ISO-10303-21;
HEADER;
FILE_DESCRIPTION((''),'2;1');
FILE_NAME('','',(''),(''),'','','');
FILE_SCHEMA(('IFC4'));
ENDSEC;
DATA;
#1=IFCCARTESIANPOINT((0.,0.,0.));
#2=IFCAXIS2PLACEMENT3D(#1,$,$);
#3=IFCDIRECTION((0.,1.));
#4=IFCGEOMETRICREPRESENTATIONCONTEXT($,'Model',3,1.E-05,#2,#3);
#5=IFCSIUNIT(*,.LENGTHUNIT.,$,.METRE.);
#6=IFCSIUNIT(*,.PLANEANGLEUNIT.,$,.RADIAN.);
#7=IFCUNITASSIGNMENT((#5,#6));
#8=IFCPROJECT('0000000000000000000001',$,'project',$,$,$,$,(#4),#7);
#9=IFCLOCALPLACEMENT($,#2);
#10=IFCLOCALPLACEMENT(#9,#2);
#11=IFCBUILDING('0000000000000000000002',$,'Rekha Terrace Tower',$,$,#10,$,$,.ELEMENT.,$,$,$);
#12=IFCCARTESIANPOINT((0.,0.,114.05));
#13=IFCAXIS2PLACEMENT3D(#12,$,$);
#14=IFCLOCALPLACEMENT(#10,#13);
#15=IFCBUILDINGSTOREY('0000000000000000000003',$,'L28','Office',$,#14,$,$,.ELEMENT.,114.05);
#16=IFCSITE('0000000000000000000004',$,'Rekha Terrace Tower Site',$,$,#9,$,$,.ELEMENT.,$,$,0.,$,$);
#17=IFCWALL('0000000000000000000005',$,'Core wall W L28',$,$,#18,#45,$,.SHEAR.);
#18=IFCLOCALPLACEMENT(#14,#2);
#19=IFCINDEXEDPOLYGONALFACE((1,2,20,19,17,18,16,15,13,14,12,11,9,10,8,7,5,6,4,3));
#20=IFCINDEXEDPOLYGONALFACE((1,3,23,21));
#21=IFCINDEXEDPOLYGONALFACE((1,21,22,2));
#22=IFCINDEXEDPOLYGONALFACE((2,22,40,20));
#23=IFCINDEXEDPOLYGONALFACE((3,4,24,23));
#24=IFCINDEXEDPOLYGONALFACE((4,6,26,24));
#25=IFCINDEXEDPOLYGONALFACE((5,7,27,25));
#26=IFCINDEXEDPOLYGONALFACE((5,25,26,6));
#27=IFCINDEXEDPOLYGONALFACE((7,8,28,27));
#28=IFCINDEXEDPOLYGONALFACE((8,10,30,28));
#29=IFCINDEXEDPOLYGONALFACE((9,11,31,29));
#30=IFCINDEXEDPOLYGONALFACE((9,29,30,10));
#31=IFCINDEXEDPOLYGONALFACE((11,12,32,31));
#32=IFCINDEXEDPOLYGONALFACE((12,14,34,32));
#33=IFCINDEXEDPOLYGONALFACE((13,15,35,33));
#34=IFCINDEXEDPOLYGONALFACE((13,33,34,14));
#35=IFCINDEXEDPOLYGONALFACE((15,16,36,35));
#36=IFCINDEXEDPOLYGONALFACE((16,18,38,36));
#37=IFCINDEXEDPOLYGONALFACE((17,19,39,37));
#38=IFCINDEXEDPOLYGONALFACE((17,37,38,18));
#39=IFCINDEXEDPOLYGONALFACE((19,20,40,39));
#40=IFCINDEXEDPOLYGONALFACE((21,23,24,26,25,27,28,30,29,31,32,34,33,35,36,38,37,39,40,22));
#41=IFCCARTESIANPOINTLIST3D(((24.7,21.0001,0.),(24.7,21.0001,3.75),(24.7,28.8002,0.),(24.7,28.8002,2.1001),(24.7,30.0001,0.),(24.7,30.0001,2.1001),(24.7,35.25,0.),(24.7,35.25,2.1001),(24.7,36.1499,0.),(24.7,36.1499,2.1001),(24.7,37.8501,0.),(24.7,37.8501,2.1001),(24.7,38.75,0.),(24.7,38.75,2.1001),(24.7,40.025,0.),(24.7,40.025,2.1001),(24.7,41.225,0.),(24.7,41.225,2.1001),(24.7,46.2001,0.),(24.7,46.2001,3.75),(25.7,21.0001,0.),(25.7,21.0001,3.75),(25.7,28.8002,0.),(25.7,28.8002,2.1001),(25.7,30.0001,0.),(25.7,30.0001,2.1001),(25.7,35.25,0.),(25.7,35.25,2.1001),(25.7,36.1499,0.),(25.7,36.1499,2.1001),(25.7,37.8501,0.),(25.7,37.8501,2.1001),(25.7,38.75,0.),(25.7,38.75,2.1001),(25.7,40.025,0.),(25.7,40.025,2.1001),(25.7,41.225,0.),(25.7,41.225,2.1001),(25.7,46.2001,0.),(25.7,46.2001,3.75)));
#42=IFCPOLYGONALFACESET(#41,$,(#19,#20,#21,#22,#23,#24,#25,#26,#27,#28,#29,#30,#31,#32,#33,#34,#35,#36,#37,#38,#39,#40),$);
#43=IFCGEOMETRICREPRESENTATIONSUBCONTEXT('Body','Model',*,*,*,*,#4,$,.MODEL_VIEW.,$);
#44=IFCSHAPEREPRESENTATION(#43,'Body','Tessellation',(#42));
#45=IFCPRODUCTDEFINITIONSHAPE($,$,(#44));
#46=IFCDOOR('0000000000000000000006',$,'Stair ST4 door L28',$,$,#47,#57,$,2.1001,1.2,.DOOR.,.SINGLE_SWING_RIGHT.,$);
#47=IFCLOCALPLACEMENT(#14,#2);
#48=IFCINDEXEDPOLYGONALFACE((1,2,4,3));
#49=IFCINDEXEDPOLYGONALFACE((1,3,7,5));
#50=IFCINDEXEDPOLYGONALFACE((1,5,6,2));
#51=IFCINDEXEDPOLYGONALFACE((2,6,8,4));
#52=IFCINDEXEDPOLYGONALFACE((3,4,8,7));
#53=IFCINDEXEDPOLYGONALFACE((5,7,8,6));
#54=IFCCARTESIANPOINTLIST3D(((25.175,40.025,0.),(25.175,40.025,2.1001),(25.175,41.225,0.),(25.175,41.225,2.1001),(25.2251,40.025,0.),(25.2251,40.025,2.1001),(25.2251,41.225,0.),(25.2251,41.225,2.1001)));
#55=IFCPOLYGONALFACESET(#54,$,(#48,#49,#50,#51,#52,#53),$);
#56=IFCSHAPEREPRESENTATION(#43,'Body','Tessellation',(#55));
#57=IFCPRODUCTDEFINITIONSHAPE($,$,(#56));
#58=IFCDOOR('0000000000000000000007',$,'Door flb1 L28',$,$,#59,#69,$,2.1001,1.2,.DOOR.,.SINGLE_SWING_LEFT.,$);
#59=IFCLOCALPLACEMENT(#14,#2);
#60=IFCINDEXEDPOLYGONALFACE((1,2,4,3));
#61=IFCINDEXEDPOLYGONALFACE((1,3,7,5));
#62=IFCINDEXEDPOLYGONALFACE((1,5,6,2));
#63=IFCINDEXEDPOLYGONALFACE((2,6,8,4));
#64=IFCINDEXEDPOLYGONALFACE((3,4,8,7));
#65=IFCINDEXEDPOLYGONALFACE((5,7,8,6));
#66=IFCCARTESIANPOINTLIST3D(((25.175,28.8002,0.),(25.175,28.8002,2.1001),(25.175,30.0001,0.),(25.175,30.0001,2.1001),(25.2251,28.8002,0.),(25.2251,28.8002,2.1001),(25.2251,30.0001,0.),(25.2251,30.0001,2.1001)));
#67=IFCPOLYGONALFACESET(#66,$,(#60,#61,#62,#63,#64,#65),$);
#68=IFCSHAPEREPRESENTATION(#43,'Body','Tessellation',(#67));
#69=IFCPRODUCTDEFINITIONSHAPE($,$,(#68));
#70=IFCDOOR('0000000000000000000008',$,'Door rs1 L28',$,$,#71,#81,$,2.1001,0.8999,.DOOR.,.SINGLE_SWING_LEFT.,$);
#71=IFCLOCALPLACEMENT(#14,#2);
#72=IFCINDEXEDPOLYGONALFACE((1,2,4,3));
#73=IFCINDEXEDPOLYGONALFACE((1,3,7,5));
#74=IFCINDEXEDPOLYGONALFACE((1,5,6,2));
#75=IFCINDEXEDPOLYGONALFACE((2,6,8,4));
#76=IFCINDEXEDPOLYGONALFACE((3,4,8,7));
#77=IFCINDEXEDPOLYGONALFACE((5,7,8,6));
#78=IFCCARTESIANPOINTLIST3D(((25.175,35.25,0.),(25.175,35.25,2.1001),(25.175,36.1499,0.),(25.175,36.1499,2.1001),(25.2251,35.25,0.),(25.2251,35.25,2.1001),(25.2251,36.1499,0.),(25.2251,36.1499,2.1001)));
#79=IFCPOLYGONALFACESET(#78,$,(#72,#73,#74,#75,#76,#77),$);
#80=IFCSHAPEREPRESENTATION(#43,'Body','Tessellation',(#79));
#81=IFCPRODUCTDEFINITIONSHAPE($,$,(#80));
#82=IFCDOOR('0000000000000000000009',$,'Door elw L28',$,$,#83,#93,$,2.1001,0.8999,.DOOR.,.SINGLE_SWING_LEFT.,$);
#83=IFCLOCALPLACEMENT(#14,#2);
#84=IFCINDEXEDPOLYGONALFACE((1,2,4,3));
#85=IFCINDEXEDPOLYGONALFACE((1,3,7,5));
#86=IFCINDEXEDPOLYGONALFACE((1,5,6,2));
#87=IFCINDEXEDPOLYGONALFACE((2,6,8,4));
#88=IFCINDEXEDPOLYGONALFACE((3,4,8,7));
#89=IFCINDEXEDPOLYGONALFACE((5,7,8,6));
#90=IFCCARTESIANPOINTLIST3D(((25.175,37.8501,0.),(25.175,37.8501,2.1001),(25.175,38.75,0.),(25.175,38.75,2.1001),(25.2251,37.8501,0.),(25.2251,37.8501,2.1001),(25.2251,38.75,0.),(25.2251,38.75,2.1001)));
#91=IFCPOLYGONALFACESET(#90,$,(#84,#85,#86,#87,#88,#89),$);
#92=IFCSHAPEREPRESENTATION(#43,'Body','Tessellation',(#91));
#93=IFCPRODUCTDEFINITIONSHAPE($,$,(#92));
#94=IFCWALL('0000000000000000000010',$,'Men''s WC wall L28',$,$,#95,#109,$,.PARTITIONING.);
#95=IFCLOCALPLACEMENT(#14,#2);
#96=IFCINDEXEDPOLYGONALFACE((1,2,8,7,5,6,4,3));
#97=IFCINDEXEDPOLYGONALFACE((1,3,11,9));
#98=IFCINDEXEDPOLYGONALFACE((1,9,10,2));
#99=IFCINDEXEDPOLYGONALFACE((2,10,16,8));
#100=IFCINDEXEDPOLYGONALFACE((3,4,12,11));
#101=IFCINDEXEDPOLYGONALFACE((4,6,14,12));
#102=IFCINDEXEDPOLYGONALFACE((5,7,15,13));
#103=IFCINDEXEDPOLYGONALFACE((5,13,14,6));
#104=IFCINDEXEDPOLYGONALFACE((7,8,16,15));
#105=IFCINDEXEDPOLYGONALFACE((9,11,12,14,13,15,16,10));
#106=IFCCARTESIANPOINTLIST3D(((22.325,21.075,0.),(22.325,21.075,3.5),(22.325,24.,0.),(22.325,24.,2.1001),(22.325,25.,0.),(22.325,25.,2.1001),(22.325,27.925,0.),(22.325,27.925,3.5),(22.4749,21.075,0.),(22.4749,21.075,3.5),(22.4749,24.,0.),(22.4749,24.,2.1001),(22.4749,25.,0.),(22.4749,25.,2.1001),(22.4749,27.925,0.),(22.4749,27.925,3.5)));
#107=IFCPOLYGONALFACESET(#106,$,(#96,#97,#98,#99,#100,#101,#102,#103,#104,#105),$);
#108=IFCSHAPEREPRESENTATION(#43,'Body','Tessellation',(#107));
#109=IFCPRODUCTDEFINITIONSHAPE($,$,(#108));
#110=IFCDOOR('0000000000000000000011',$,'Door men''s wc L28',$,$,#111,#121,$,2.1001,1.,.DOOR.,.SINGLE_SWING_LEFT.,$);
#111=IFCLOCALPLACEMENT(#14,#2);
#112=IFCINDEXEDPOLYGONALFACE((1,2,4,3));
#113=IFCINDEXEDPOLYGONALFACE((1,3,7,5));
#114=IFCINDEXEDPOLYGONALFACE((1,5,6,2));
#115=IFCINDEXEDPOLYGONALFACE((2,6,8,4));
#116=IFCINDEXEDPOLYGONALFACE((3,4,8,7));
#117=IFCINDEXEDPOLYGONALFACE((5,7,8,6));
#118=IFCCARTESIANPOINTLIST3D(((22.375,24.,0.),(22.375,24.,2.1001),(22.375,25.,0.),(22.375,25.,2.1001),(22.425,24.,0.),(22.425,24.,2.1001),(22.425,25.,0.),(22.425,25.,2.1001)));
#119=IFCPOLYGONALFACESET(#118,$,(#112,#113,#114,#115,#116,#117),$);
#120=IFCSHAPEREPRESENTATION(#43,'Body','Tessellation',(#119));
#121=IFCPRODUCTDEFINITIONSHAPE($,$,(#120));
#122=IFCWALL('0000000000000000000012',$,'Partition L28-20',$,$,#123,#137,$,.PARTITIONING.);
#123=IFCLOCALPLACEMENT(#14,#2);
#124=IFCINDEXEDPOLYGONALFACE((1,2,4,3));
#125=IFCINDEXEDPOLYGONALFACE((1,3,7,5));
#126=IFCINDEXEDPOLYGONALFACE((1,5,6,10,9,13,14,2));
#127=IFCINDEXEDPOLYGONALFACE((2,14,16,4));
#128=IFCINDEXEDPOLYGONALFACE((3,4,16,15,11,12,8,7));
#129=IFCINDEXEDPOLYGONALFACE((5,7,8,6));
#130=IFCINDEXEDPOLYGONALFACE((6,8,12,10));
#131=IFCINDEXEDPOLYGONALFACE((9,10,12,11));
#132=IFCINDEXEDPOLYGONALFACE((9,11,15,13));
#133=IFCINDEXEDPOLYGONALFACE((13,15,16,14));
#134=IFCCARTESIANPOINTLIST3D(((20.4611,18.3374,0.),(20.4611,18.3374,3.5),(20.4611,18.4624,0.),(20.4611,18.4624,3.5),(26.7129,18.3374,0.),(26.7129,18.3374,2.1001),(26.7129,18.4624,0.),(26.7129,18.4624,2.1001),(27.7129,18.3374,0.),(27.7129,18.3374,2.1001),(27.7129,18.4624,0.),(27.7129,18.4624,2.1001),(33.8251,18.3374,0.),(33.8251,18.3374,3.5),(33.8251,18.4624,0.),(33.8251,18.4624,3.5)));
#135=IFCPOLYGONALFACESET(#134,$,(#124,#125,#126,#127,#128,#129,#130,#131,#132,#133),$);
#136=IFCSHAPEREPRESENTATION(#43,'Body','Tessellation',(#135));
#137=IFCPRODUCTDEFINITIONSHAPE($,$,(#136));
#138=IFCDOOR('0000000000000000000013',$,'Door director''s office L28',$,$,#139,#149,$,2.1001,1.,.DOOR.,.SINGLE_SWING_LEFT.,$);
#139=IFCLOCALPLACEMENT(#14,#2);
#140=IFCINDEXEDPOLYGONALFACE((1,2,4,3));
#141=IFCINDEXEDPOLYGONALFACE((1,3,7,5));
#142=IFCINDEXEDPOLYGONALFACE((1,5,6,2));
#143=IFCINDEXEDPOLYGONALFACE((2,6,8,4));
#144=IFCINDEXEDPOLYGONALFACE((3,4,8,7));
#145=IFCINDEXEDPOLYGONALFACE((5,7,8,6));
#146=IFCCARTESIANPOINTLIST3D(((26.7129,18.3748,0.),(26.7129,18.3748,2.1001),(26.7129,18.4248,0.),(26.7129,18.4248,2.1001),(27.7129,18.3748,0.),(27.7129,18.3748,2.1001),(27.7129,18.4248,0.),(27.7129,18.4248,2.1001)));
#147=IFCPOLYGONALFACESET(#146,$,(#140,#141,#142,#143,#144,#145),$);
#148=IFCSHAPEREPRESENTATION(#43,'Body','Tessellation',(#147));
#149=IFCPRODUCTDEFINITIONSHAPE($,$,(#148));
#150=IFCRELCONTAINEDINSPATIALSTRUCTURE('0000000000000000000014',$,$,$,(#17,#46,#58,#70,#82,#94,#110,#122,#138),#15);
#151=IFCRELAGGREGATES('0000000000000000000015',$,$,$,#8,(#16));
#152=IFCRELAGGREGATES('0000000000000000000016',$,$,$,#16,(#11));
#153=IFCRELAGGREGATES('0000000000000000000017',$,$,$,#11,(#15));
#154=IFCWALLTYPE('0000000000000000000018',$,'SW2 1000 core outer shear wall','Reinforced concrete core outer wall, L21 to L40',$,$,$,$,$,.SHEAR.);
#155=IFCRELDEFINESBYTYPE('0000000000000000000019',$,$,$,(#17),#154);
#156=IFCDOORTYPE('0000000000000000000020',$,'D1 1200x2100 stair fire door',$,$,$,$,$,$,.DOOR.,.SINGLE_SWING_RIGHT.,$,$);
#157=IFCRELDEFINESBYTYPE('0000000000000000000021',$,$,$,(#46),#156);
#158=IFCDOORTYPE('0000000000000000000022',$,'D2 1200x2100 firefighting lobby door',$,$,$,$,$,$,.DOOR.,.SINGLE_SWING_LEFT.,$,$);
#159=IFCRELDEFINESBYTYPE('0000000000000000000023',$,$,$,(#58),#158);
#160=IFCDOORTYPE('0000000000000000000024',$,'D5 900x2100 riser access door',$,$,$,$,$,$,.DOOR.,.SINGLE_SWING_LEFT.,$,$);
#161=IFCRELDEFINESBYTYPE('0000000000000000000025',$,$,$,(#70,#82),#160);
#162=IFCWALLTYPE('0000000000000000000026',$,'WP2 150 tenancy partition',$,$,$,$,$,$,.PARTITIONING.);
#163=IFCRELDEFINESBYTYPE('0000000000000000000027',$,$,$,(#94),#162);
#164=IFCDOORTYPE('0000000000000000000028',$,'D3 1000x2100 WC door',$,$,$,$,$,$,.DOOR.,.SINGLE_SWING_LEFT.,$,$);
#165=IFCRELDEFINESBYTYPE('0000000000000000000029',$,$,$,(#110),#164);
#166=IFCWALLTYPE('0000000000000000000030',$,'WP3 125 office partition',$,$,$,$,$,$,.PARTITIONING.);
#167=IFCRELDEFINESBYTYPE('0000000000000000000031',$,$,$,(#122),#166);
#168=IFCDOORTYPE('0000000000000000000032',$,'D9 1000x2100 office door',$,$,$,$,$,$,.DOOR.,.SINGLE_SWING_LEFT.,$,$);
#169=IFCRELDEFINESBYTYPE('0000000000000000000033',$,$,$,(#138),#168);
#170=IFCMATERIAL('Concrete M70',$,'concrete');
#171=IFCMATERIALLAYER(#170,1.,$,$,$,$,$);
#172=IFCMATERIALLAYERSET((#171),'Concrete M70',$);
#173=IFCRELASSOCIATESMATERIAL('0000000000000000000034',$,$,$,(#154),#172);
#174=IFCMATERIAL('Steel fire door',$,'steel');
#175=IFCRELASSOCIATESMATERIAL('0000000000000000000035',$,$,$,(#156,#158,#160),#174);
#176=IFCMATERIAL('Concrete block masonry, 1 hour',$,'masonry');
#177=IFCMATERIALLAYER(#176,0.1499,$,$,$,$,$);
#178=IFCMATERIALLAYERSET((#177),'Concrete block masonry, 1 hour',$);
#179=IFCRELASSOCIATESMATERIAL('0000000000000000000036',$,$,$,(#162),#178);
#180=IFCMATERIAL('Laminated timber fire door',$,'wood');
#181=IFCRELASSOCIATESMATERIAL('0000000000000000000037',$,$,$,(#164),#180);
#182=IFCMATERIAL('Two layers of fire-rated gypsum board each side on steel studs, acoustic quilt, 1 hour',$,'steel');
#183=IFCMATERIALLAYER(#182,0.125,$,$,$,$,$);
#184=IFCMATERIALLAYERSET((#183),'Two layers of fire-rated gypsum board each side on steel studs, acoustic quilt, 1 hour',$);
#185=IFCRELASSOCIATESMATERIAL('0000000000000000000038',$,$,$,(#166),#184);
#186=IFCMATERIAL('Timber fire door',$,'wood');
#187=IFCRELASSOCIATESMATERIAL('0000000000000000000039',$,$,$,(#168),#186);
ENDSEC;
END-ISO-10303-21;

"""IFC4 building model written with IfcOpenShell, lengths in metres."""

from ifc_helpers import new_model, si_unit, direction, frame, frame_2d, origin, place, context, subcontext, project, spatial, rectangle, extrude, material, layer, layer_set, type_object, element, fill, save


model = new_model("IFC4")

# Units and contexts
model_context = context("Model", 3, precision=1e-05, world=origin(), true_north=direction((0.0, 1.0)))
body_context = subcontext(model_context, "Body", "Model", "MODEL_VIEW")
ifc_project = project(units=[si_unit("LENGTHUNIT", "METRE"), si_unit("PLANEANGLEUNIT", "RADIAN")], contexts=[model_context])

# Site, building, storey
site_placement = place(None, origin())
site = spatial("IfcSite", under=ifc_project, at=site_placement, Name="Rekha Terrace Tower Site", CompositionType="ELEMENT", RefElevation=0.0)
building_placement = place(site_placement, origin())
building = spatial("IfcBuilding", under=site, at=building_placement, Name="Rekha Terrace Tower", CompositionType="ELEMENT")
storey_placement = place(building_placement, frame((0.0, 0.0, 114.05)))
storey = spatial("IfcBuildingStorey", under=building, at=storey_placement, Name="L28", Description="Office", CompositionType="ELEMENT", Elevation=114.05)

# Shared definitions
ifc_material_1 = material(Name="Concrete M70", Category="concrete")

# Shared definitions
ifc_layer_1 = layer(ifc_material_1, 1.0)
ifc_layer_set_1 = layer_set([ifc_layer_1], Name="Concrete M70")
wall_type_1 = type_object("IfcWallType", Name="SW2 1000 core outer shear wall", Description="Reinforced concrete core outer wall, L21 to L40", PredefinedType="SHEAR", material=ifc_layer_set_1)

# Wall, openings, doors
wall_1_placement = place(storey_placement, frame((25.2, 21.0, 0.0), z_axis=(0.0, 0.0, 1.0), x_axis=(0.0, 1.0, 0.0)))
wall_1 = element("IfcWall", 1, at=wall_1_placement, inside=storey, type_object=wall_type_1, Name="Core wall W L28", PredefinedType="SHEAR", context=body_context, shape_type="SweptSolid", body=[
    extrude(rectangle(XDim=25.2, YDim=1.0, at=frame_2d((12.6001, 0.0))), origin(), (0.0, 0.0, 1.0), 3.75),
])
opening_1_placement = place(wall_1_placement, frame((7.8, 0.0, 0.0)))
opening_1 = element("IfcOpeningElement", 2, at=opening_1_placement, cuts=wall_1, PredefinedType="OPENING", context=body_context, shape_type="SweptSolid", body=[
    extrude(rectangle(XDim=1.2, YDim=2.1001, at=frame_2d((0.6001, 1.05))), frame((0.0, 0.51, 0.0), z_axis=(0.0, -1.0, 0.0), x_axis=(1.0, 0.0, 0.0)), (0.0, 0.0, 1.0), 1.02),
])
opening_2_placement = place(wall_1_placement, frame((14.25, 0.0, 0.0)))
opening_2 = element("IfcOpeningElement", 3, at=opening_2_placement, cuts=wall_1, PredefinedType="OPENING", context=body_context, shape_type="SweptSolid", body=[
    extrude(rectangle(XDim=0.8999, YDim=2.1001, at=frame_2d((0.45, 1.05))), frame((0.0, 0.51, 0.0), z_axis=(0.0, -1.0, 0.0), x_axis=(1.0, 0.0, 0.0)), (0.0, 0.0, 1.0), 1.02),
])
opening_3_placement = place(wall_1_placement, frame((16.8501, 0.0, 0.0)))
opening_3 = element("IfcOpeningElement", 4, at=opening_3_placement, cuts=wall_1, PredefinedType="OPENING", context=body_context, shape_type="SweptSolid", body=[
    extrude(rectangle(XDim=0.8999, YDim=2.1001, at=frame_2d((0.45, 1.05))), frame((0.0, 0.51, 0.0), z_axis=(0.0, -1.0, 0.0), x_axis=(1.0, 0.0, 0.0)), (0.0, 0.0, 1.0), 1.02),
])
opening_4_placement = place(wall_1_placement, frame((19.0249, 0.0, 0.0)))
opening_4 = element("IfcOpeningElement", 5, at=opening_4_placement, cuts=wall_1, PredefinedType="OPENING", context=body_context, shape_type="SweptSolid", body=[
    extrude(rectangle(XDim=1.2, YDim=2.1001, at=frame_2d((0.6001, 1.05))), frame((0.0, 0.51, 0.0), z_axis=(0.0, -1.0, 0.0), x_axis=(1.0, 0.0, 0.0)), (0.0, 0.0, 1.0), 1.02),
])
ifc_material_2 = material(Name="Steel fire door", Category="steel")
door_type_1 = type_object("IfcDoorType", Name="D1 1200x2100 stair fire door", OperationType="SINGLE_SWING_RIGHT", PredefinedType="DOOR", material=ifc_material_2)
door_1_placement = place(opening_4_placement, origin())
door_1 = element("IfcDoor", 6, at=door_1_placement, inside=storey, type_object=door_type_1, Name="Stair ST4 door L28", OperationType="SINGLE_SWING_RIGHT", OverallHeight=2.1001, OverallWidth=1.2, PredefinedType="DOOR", context=body_context, shape_type="SweptSolid", body=[
    extrude(rectangle(XDim=1.2, YDim=2.1001, at=frame_2d((0.6001, 1.05))), frame((0.0, 0.0249, 0.0), z_axis=(0.0, -1.0, 0.0), x_axis=(1.0, 0.0, 0.0)), (0.0, 0.0, 1.0), 0.05),
])
fill(opening_4, door_1)
door_type_2 = type_object("IfcDoorType", Name="D2 1200x2100 firefighting lobby door", OperationType="SINGLE_SWING_LEFT", PredefinedType="DOOR", material=ifc_material_2)
door_2_placement = place(opening_1_placement, origin())
door_2 = element("IfcDoor", 7, at=door_2_placement, inside=storey, type_object=door_type_2, Name="Door flb1 L28", OperationType="SINGLE_SWING_LEFT", OverallHeight=2.1001, OverallWidth=1.2, PredefinedType="DOOR", context=body_context, shape_type="SweptSolid", body=[
    extrude(rectangle(XDim=1.2, YDim=2.1001, at=frame_2d((0.6001, 1.05))), frame((0.0, 0.0249, 0.0), z_axis=(0.0, -1.0, 0.0), x_axis=(1.0, 0.0, 0.0)), (0.0, 0.0, 1.0), 0.05),
])
fill(opening_1, door_2)
door_type_3 = type_object("IfcDoorType", Name="D5 900x2100 riser access door", OperationType="SINGLE_SWING_LEFT", PredefinedType="DOOR", material=ifc_material_2)
door_3_placement = place(opening_2_placement, origin())
door_3 = element("IfcDoor", 8, at=door_3_placement, inside=storey, type_object=door_type_3, Name="Door rs1 L28", OperationType="SINGLE_SWING_LEFT", OverallHeight=2.1001, OverallWidth=0.8999, PredefinedType="DOOR", context=body_context, shape_type="SweptSolid", body=[
    extrude(rectangle(XDim=0.8999, YDim=2.1001, at=frame_2d((0.45, 1.05))), frame((0.0, 0.0249, 0.0), z_axis=(0.0, -1.0, 0.0), x_axis=(1.0, 0.0, 0.0)), (0.0, 0.0, 1.0), 0.05),
])
fill(opening_2, door_3)
door_4_placement = place(opening_3_placement, origin())
door_4 = element("IfcDoor", 9, at=door_4_placement, inside=storey, type_object=door_type_3, Name="Door elw L28", OperationType="SINGLE_SWING_LEFT", OverallHeight=2.1001, OverallWidth=0.8999, PredefinedType="DOOR", context=body_context, shape_type="SweptSolid", body=[
    extrude(rectangle(XDim=0.8999, YDim=2.1001, at=frame_2d((0.45, 1.05))), frame((0.0, 0.0249, 0.0), z_axis=(0.0, -1.0, 0.0), x_axis=(1.0, 0.0, 0.0)), (0.0, 0.0, 1.0), 0.05),
])
fill(opening_3, door_4)

# Walls, openings, doors
ifc_material_3 = material(Name="Concrete block masonry, 1 hour", Category="masonry")
ifc_layer_2 = layer(ifc_material_3, 0.1499)
ifc_layer_set_2 = layer_set([ifc_layer_2], Name="Concrete block masonry, 1 hour")
wall_type_2 = type_object("IfcWallType", Name="WP2 150 tenancy partition", PredefinedType="PARTITIONING", material=ifc_layer_set_2)
wall_2_placement = place(storey_placement, frame((22.3999, 21.075, 0.0), z_axis=(0.0, 0.0, 1.0), x_axis=(0.0, 1.0, 0.0)))
wall_2 = element("IfcWall", 10, at=wall_2_placement, inside=storey, type_object=wall_type_2, Name="Men's WC wall L28", PredefinedType="PARTITIONING", context=body_context, shape_type="SweptSolid", body=[
    extrude(rectangle(XDim=6.8501, YDim=0.1499, at=frame_2d((3.425, 0.0))), origin(), (0.0, 0.0, 1.0), 3.5),
])
opening_5_placement = place(wall_2_placement, frame((2.925, 0.0, 0.0)))
opening_5 = element("IfcOpeningElement", 11, at=opening_5_placement, cuts=wall_2, PredefinedType="OPENING", context=body_context, shape_type="SweptSolid", body=[
    extrude(rectangle(XDim=1.0, YDim=2.1001, at=frame_2d((0.5, 1.05))), frame((0.0, 0.085, 0.0), z_axis=(0.0, -1.0, 0.0), x_axis=(1.0, 0.0, 0.0)), (0.0, 0.0, 1.0), 0.1699),
])
ifc_material_4 = material(Name="Laminated timber fire door", Category="wood")
door_type_4 = type_object("IfcDoorType", Name="D3 1000x2100 WC door", OperationType="SINGLE_SWING_LEFT", PredefinedType="DOOR", material=ifc_material_4)
door_5_placement = place(opening_5_placement, origin())
door_5 = element("IfcDoor", 12, at=door_5_placement, inside=storey, type_object=door_type_4, Name="Door men's wc L28", OperationType="SINGLE_SWING_LEFT", OverallHeight=2.1001, OverallWidth=1.0, PredefinedType="DOOR", context=body_context, shape_type="SweptSolid", body=[
    extrude(rectangle(XDim=1.0, YDim=2.1001, at=frame_2d((0.5, 1.05))), frame((0.0, 0.0249, 0.0), z_axis=(0.0, -1.0, 0.0), x_axis=(1.0, 0.0, 0.0)), (0.0, 0.0, 1.0), 0.05),
])
fill(opening_5, door_5)
ifc_material_5 = material(Name="Two layers of fire-rated gypsum board each side on steel studs, acoustic quilt, 1 hour", Category="steel")
ifc_layer_3 = layer(ifc_material_5, 0.125)
ifc_layer_set_3 = layer_set([ifc_layer_3], Name="Two layers of fire-rated gypsum board each side on steel studs, acoustic quilt, 1 hour")
wall_type_3 = type_object("IfcWallType", Name="WP3 125 office partition", PredefinedType="PARTITIONING", material=ifc_layer_set_3)
wall_3_placement = place(storey_placement, frame((20.4609, 18.3999, 0.0), z_axis=(0.0, 0.0, 1.0), x_axis=(1.0, 0.0, 0.0)))
wall_3 = element("IfcWall", 13, at=wall_3_placement, inside=storey, type_object=wall_type_3, Name="Partition L28-20", PredefinedType="PARTITIONING", context=body_context, shape_type="SweptSolid", body=[
    extrude(rectangle(XDim=13.364, YDim=0.125, at=frame_2d((6.6821, 0.0))), origin(), (0.0, 0.0, 1.0), 3.5),
])
opening_6_placement = place(wall_3_placement, frame((6.252, 0.0, 0.0)))
opening_6 = element("IfcOpeningElement", 14, at=opening_6_placement, cuts=wall_3, PredefinedType="OPENING", context=body_context, shape_type="SweptSolid", body=[
    extrude(rectangle(XDim=1.0, YDim=2.1001, at=frame_2d((0.5, 1.05))), frame((0.0, 0.0725, 0.0), z_axis=(0.0, -1.0, 0.0), x_axis=(1.0, 0.0, 0.0)), (0.0, 0.0, 1.0), 0.145),
])
ifc_material_6 = material(Name="Timber fire door", Category="wood")
door_type_5 = type_object("IfcDoorType", Name="D9 1000x2100 office door", OperationType="SINGLE_SWING_LEFT", PredefinedType="DOOR", material=ifc_material_6)
door_6_placement = place(opening_6_placement, origin())
door_6 = element("IfcDoor", 15, at=door_6_placement, inside=storey, type_object=door_type_5, Name="Door director's office L28", OperationType="SINGLE_SWING_LEFT", OverallHeight=2.1001, OverallWidth=1.0, PredefinedType="DOOR", context=body_context, shape_type="SweptSolid", body=[
    extrude(rectangle(XDim=1.0, YDim=2.1001, at=frame_2d((0.5, 1.05))), frame((0.0, 0.0249, 0.0), z_axis=(0.0, -1.0, 0.0), x_axis=(1.0, 0.0, 0.0)), (0.0, 0.0, 1.0), 0.05),
])
fill(opening_6, door_6)

save(model, "model.ifc")
